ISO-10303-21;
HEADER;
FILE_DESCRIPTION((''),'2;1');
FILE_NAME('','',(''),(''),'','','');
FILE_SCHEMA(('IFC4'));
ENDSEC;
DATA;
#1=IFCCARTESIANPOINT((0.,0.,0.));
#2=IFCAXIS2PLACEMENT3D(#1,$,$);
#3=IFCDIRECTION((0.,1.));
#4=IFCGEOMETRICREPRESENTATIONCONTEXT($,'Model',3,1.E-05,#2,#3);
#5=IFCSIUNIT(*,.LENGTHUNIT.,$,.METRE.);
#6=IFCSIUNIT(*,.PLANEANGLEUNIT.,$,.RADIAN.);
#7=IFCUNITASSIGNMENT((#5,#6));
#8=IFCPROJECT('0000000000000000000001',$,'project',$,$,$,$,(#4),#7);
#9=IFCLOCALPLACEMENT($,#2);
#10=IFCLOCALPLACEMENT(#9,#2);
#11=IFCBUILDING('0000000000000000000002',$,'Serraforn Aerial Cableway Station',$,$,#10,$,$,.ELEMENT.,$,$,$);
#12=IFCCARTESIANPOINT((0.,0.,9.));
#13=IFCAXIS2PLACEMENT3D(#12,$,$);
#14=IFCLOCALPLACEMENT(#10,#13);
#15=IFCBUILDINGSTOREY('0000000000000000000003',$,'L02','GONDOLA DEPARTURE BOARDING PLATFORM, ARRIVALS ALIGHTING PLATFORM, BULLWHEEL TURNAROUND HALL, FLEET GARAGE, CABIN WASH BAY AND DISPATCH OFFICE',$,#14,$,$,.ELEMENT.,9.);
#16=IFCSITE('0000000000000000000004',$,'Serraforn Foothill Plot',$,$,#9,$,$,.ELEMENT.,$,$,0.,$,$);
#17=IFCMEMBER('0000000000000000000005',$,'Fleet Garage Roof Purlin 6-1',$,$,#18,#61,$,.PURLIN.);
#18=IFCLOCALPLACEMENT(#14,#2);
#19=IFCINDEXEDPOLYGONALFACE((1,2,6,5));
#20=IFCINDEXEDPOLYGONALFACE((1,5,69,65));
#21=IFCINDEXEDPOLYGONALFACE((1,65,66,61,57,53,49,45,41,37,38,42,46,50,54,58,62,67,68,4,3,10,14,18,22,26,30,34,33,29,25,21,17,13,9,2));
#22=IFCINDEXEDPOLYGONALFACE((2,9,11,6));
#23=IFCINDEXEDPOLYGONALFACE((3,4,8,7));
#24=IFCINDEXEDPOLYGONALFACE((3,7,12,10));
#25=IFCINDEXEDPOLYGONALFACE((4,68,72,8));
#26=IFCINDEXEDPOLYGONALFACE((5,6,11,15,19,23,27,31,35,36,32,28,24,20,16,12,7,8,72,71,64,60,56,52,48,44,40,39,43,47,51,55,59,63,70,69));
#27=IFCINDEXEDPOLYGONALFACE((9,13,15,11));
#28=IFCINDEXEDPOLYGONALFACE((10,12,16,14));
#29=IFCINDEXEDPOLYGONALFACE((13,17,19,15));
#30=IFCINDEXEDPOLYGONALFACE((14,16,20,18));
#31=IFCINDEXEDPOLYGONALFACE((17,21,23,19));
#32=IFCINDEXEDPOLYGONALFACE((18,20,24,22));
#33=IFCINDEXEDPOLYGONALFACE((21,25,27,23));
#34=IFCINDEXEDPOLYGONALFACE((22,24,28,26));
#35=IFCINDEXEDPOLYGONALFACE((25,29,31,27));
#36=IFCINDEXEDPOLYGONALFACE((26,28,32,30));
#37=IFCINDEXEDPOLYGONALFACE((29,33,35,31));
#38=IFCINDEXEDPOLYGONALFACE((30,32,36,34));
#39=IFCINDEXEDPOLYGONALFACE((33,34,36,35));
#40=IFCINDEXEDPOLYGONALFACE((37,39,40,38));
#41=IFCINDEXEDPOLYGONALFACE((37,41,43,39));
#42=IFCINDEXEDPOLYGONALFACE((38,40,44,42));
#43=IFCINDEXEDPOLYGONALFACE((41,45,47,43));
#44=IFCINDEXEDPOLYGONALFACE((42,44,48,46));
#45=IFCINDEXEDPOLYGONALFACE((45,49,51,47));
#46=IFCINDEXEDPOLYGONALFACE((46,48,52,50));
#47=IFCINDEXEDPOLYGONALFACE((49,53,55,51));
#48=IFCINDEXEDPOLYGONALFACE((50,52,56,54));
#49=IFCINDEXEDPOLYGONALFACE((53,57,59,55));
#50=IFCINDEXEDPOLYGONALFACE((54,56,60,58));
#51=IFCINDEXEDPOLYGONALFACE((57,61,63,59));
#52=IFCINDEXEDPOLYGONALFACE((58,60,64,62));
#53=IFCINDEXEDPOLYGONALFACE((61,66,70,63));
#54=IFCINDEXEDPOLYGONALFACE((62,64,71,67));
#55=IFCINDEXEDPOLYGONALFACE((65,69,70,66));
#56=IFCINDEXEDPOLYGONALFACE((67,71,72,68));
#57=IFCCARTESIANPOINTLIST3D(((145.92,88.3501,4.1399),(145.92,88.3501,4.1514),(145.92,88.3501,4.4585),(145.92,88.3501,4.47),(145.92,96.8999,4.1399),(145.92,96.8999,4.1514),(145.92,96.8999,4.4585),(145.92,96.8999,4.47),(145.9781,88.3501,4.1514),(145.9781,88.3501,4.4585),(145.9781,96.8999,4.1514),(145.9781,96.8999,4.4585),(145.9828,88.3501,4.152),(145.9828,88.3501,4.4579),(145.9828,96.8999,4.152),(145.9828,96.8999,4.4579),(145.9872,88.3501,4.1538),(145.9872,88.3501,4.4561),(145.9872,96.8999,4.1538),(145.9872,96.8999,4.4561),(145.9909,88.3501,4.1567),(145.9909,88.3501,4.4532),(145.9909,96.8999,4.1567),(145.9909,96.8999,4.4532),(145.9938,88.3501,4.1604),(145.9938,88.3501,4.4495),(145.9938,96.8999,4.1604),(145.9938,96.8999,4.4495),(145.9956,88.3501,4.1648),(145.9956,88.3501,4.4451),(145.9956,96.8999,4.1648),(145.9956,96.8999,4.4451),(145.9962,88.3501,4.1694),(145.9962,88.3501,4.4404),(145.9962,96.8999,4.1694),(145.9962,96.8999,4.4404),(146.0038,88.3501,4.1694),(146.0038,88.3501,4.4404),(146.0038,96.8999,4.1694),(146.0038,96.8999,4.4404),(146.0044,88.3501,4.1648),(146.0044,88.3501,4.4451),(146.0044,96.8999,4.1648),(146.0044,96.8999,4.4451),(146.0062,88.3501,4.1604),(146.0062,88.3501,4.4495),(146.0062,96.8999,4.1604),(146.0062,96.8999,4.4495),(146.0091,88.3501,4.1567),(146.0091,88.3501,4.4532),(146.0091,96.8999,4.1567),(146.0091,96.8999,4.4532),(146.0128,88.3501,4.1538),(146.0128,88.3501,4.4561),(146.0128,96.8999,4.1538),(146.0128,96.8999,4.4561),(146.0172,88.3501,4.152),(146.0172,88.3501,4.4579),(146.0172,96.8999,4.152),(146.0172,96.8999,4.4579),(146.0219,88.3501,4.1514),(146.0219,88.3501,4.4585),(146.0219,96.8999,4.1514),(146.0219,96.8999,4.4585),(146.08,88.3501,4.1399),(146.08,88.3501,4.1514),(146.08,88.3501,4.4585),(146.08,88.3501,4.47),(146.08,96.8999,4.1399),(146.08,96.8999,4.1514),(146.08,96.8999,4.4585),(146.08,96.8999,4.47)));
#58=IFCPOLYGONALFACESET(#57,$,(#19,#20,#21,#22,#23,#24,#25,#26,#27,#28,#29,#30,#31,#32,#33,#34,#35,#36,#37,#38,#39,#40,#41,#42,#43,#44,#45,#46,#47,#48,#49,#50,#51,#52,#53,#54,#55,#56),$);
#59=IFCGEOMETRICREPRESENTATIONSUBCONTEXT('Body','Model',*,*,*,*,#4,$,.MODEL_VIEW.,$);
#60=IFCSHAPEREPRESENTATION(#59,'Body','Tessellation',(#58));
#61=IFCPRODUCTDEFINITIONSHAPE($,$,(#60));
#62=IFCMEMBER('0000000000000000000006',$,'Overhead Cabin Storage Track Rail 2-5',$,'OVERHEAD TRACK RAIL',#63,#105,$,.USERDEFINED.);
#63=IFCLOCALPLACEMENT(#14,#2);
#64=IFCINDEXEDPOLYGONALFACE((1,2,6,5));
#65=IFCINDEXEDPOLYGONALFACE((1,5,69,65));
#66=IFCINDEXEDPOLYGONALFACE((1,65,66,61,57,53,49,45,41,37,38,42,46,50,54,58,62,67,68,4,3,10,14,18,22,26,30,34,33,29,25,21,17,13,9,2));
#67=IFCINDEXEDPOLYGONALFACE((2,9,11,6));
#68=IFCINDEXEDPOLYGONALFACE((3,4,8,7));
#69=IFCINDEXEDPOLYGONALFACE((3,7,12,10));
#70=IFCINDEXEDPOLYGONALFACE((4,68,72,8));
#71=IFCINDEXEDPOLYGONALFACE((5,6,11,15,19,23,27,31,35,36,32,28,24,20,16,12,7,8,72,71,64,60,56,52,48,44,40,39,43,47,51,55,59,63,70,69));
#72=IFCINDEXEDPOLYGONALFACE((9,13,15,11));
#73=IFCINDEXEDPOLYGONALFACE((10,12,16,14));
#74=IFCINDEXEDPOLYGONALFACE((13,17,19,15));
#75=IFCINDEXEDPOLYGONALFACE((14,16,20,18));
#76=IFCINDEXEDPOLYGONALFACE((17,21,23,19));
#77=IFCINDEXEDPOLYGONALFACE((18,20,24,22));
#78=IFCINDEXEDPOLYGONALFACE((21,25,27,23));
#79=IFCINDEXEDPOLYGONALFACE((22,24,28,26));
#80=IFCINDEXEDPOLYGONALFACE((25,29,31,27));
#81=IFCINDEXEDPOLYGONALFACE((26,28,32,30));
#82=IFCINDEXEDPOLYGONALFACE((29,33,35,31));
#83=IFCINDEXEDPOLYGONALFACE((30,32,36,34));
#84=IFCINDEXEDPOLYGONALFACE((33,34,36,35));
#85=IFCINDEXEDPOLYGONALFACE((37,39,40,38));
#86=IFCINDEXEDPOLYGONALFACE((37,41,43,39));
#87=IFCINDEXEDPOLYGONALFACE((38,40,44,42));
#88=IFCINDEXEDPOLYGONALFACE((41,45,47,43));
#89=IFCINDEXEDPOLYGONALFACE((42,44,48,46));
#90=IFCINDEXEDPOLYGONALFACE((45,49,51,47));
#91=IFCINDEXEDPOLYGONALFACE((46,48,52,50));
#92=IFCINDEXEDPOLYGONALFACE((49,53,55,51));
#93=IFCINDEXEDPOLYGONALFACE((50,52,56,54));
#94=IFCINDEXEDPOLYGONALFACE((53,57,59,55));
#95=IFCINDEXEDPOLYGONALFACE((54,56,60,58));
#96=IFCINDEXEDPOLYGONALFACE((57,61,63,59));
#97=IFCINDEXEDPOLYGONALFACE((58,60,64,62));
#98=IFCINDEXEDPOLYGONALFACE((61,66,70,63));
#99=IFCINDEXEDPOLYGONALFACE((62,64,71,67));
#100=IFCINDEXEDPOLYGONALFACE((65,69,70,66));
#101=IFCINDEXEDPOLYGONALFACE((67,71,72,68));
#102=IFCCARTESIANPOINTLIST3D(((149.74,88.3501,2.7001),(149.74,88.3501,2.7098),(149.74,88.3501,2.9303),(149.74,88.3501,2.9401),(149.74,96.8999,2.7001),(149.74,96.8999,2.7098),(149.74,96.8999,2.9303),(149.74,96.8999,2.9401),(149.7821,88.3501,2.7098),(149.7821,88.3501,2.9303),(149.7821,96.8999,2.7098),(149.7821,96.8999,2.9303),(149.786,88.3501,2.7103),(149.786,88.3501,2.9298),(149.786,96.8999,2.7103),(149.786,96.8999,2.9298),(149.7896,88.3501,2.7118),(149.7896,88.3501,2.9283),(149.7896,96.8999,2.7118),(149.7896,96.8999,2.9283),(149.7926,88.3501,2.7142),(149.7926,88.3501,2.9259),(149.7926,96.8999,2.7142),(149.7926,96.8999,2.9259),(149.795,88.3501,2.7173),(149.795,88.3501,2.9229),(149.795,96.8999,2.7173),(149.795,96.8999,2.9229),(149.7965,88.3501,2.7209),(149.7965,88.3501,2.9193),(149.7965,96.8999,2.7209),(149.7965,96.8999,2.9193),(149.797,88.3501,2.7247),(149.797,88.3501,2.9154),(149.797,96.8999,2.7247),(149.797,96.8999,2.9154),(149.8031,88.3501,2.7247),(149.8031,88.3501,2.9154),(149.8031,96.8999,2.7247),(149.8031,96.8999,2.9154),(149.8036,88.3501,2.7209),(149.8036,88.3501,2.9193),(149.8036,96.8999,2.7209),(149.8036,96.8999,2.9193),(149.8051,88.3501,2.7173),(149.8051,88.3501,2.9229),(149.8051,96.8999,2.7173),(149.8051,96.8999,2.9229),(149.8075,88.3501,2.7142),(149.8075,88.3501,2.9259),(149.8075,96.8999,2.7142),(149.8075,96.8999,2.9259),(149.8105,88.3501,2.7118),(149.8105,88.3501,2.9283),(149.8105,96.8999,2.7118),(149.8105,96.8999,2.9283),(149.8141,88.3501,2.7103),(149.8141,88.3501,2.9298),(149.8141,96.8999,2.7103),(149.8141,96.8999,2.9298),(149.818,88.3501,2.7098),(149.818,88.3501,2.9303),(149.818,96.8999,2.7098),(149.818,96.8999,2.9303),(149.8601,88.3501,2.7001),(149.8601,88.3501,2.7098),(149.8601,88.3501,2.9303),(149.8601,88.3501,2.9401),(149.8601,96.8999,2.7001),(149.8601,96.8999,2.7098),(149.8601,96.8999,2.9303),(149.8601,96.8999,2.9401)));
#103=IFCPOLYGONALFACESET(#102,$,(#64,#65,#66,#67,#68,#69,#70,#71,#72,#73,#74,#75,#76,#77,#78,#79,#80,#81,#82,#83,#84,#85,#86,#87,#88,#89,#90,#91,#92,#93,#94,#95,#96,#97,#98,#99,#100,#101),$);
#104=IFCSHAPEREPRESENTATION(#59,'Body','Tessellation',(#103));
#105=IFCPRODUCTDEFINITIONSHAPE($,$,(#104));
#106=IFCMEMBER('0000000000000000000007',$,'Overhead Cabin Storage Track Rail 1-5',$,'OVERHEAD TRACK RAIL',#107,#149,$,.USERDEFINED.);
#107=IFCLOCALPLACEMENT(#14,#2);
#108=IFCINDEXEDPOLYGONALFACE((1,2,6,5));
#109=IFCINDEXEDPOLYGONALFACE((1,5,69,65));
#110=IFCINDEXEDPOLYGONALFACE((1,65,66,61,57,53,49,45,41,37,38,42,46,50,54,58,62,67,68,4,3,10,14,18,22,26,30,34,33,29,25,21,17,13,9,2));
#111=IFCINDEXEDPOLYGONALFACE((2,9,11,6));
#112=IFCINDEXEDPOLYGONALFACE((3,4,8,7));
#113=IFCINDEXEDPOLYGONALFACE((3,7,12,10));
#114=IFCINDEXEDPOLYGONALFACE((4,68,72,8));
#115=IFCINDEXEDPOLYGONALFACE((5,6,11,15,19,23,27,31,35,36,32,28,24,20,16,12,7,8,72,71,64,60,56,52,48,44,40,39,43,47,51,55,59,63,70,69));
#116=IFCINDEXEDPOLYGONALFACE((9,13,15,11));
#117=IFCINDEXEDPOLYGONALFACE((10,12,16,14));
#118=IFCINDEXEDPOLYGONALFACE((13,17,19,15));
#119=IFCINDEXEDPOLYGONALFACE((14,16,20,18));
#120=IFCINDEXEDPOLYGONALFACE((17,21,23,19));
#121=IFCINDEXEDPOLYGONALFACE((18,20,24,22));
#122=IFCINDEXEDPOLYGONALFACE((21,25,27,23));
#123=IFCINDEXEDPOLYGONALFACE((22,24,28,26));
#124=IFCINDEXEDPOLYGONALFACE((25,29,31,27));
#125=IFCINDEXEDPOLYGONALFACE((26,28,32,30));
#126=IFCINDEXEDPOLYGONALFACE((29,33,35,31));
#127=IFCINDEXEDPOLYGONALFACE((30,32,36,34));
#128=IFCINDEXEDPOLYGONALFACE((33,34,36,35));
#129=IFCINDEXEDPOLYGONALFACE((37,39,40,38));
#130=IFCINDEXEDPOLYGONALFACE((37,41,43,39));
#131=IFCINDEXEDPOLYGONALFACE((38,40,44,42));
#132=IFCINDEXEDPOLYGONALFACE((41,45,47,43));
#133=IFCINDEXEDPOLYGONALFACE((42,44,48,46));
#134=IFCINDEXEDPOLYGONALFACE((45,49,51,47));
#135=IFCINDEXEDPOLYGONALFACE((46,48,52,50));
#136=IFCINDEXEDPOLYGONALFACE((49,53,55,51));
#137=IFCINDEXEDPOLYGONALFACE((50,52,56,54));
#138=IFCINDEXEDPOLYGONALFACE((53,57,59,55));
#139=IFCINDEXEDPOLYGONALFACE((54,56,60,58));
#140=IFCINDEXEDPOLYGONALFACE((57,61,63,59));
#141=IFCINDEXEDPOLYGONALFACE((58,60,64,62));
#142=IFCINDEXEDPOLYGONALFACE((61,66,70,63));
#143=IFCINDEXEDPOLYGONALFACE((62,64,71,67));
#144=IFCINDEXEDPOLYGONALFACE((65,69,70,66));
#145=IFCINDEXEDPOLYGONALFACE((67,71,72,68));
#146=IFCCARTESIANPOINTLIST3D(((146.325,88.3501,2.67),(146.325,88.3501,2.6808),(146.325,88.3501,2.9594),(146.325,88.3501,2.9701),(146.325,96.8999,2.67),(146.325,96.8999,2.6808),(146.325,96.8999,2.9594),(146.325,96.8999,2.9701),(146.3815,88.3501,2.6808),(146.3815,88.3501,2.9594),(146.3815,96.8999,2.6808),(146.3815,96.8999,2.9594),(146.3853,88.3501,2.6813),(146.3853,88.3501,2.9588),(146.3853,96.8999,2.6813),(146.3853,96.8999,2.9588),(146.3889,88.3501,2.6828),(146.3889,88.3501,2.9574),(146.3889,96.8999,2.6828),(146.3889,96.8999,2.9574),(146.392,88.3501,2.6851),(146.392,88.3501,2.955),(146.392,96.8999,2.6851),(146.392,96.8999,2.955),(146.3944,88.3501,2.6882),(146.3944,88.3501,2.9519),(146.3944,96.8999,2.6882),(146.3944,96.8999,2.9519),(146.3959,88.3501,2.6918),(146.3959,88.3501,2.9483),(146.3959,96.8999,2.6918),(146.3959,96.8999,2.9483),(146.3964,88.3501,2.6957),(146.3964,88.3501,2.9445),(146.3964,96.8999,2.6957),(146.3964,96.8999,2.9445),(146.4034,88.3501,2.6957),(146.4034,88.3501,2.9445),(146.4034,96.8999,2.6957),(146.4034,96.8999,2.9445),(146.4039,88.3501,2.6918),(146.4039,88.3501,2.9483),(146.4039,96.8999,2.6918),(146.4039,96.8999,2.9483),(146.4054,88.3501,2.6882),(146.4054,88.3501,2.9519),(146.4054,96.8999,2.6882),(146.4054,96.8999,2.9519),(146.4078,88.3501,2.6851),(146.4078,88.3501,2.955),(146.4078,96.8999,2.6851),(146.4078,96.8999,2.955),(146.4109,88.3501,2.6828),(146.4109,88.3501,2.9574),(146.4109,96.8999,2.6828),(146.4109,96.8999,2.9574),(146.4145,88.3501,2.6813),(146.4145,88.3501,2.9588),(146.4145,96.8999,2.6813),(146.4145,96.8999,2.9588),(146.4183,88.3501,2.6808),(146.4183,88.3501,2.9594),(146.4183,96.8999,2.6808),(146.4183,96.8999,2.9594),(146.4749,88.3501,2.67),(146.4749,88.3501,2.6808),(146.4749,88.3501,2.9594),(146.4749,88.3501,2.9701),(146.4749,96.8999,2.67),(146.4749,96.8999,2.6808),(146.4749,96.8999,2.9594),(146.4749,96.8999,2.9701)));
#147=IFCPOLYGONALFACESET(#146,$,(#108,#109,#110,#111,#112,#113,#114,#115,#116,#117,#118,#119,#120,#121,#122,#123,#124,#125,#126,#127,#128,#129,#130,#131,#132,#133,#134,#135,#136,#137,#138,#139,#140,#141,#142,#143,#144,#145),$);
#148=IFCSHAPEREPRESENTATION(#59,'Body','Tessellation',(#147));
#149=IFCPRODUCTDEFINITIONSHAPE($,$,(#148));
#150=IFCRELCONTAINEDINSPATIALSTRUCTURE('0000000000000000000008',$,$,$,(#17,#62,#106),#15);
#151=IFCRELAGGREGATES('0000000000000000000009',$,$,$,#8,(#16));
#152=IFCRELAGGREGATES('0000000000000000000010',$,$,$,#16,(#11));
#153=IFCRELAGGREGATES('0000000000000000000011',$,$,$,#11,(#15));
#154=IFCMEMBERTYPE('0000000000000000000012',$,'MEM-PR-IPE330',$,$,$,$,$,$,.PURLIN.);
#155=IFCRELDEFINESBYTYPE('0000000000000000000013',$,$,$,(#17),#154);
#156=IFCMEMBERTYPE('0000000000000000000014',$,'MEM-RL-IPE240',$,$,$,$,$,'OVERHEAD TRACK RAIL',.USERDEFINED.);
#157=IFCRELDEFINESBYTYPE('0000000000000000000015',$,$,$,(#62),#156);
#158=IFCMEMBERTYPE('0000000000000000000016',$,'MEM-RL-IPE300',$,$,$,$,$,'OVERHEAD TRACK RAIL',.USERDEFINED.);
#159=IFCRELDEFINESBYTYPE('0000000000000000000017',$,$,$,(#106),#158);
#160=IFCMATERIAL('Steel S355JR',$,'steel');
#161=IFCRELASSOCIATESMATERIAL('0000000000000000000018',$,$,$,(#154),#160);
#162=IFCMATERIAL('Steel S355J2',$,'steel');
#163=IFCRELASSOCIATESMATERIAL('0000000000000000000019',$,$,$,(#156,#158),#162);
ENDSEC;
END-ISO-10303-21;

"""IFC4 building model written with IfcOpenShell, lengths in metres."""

from ifc_helpers import new_model, si_unit, direction, frame, origin, origin_2d, place, context, subcontext, project, spatial, i_section, extrude, material, material_profile, profile_set, type_object, element, save


model = new_model("IFC4")

# Units and contexts
model_context = context("Model", 3, precision=1e-05, world=origin(), true_north=direction((0.0, 1.0)))
body_context = subcontext(model_context, "Body", "Model", "MODEL_VIEW")
ifc_project = project(units=[si_unit("LENGTHUNIT", "METRE"), si_unit("PLANEANGLEUNIT", "RADIAN")], contexts=[model_context])

# Site, building, storey
site_placement = place(None, origin())
site = spatial("IfcSite", under=ifc_project, at=site_placement, Name="Serraforn Foothill Plot", CompositionType="ELEMENT", RefElevation=0.0)
building_placement = place(site_placement, origin())
building = spatial("IfcBuilding", under=site, at=building_placement, Name="Serraforn Aerial Cableway Station", CompositionType="ELEMENT")
storey_placement = place(building_placement, frame((0.0, 0.0, 9.0)))
storey = spatial("IfcBuildingStorey", under=building, at=storey_placement, Name="L02", Description="GONDOLA DEPARTURE BOARDING PLATFORM, ARRIVALS ALIGHTING PLATFORM, BULLWHEEL TURNAROUND HALL, FLEET GARAGE, CABIN WASH BAY AND DISPATCH OFFICE", CompositionType="ELEMENT", Elevation=9.0)

# Members
ifc_material_1 = material(Name="Steel S355J2", Category="steel")
ifc_material_2 = material(Name="Steel S355JR", Category="steel")
ifc_material_profile_1 = material_profile(ifc_material_2, i_section(OverallWidth=0.1599, OverallDepth=0.3301, WebThickness=0.0076, FlangeThickness=0.0115, FilletRadius=0.0181, at=origin_2d()), Name="IPE 330")
ifc_profile_set_1 = profile_set([ifc_material_profile_1], Name="Steel S355JR")
member_type_1 = type_object("IfcMemberType", Name="MEM-PR-IPE330", PredefinedType="PURLIN", material=ifc_profile_set_1)
member_1_placement = place(storey_placement, frame((146.0, 88.3501, 4.3049), z_axis=(0.0, 1.0, 0.0), x_axis=(-1.0, 0.0, 0.0)))
element("IfcMember", 1, at=member_1_placement, inside=storey, type_object=member_type_1, Name="Fleet Garage Roof Purlin 6-1", PredefinedType="PURLIN", context=body_context, shape_type="SweptSolid", body=[
    extrude(i_section(OverallWidth=0.1599, OverallDepth=0.3301, WebThickness=0.0076, FlangeThickness=0.0115, FilletRadius=0.0181, at=origin_2d()), origin(), (0.0, 0.0, 1.0), 8.5498),
])
ifc_material_profile_2 = material_profile(ifc_material_1, i_section(OverallWidth=0.1201, OverallDepth=0.24, WebThickness=0.0061, FlangeThickness=0.0098, FilletRadius=0.0149, at=origin_2d()), Name="IPE 240")
ifc_profile_set_2 = profile_set([ifc_material_profile_2], Name="Steel S355J2")
member_type_2 = type_object("IfcMemberType", Name="MEM-RL-IPE240", ElementType="OVERHEAD TRACK RAIL", PredefinedType="USERDEFINED", material=ifc_profile_set_2)
member_2_placement = place(storey_placement, frame((149.8, 88.3501, 2.8201), z_axis=(0.0, 1.0, 0.0), x_axis=(-1.0, 0.0, 0.0)))
element("IfcMember", 2, at=member_2_placement, inside=storey, type_object=member_type_2, Name="Overhead Cabin Storage Track Rail 2-5", ObjectType="OVERHEAD TRACK RAIL", PredefinedType="USERDEFINED", context=body_context, shape_type="SweptSolid", body=[
    extrude(i_section(OverallWidth=0.1201, OverallDepth=0.24, WebThickness=0.0061, FlangeThickness=0.0098, FilletRadius=0.0149, at=origin_2d()), origin(), (0.0, 0.0, 1.0), 8.5498),
])
ifc_material_profile_3 = material_profile(ifc_material_1, i_section(OverallWidth=0.1499, OverallDepth=0.3, WebThickness=0.0071, FlangeThickness=0.0107, FilletRadius=0.0149, at=origin_2d()), Name="IPE 300")
ifc_profile_set_3 = profile_set([ifc_material_profile_3], Name="Steel S355J2")
member_type_3 = type_object("IfcMemberType", Name="MEM-RL-IPE300", ElementType="OVERHEAD TRACK RAIL", PredefinedType="USERDEFINED", material=ifc_profile_set_3)
member_3_placement = place(storey_placement, frame((146.3999, 88.3501, 2.8201), z_axis=(0.0, 1.0, 0.0), x_axis=(-1.0, 0.0, 0.0)))
element("IfcMember", 3, at=member_3_placement, inside=storey, type_object=member_type_3, Name="Overhead Cabin Storage Track Rail 1-5", ObjectType="OVERHEAD TRACK RAIL", PredefinedType="USERDEFINED", context=body_context, shape_type="SweptSolid", body=[
    extrude(i_section(OverallWidth=0.1499, OverallDepth=0.3, WebThickness=0.0071, FlangeThickness=0.0107, FilletRadius=0.0149, at=origin_2d()), origin(), (0.0, 0.0, 1.0), 8.5498),
])

save(model, "model.ifc")
